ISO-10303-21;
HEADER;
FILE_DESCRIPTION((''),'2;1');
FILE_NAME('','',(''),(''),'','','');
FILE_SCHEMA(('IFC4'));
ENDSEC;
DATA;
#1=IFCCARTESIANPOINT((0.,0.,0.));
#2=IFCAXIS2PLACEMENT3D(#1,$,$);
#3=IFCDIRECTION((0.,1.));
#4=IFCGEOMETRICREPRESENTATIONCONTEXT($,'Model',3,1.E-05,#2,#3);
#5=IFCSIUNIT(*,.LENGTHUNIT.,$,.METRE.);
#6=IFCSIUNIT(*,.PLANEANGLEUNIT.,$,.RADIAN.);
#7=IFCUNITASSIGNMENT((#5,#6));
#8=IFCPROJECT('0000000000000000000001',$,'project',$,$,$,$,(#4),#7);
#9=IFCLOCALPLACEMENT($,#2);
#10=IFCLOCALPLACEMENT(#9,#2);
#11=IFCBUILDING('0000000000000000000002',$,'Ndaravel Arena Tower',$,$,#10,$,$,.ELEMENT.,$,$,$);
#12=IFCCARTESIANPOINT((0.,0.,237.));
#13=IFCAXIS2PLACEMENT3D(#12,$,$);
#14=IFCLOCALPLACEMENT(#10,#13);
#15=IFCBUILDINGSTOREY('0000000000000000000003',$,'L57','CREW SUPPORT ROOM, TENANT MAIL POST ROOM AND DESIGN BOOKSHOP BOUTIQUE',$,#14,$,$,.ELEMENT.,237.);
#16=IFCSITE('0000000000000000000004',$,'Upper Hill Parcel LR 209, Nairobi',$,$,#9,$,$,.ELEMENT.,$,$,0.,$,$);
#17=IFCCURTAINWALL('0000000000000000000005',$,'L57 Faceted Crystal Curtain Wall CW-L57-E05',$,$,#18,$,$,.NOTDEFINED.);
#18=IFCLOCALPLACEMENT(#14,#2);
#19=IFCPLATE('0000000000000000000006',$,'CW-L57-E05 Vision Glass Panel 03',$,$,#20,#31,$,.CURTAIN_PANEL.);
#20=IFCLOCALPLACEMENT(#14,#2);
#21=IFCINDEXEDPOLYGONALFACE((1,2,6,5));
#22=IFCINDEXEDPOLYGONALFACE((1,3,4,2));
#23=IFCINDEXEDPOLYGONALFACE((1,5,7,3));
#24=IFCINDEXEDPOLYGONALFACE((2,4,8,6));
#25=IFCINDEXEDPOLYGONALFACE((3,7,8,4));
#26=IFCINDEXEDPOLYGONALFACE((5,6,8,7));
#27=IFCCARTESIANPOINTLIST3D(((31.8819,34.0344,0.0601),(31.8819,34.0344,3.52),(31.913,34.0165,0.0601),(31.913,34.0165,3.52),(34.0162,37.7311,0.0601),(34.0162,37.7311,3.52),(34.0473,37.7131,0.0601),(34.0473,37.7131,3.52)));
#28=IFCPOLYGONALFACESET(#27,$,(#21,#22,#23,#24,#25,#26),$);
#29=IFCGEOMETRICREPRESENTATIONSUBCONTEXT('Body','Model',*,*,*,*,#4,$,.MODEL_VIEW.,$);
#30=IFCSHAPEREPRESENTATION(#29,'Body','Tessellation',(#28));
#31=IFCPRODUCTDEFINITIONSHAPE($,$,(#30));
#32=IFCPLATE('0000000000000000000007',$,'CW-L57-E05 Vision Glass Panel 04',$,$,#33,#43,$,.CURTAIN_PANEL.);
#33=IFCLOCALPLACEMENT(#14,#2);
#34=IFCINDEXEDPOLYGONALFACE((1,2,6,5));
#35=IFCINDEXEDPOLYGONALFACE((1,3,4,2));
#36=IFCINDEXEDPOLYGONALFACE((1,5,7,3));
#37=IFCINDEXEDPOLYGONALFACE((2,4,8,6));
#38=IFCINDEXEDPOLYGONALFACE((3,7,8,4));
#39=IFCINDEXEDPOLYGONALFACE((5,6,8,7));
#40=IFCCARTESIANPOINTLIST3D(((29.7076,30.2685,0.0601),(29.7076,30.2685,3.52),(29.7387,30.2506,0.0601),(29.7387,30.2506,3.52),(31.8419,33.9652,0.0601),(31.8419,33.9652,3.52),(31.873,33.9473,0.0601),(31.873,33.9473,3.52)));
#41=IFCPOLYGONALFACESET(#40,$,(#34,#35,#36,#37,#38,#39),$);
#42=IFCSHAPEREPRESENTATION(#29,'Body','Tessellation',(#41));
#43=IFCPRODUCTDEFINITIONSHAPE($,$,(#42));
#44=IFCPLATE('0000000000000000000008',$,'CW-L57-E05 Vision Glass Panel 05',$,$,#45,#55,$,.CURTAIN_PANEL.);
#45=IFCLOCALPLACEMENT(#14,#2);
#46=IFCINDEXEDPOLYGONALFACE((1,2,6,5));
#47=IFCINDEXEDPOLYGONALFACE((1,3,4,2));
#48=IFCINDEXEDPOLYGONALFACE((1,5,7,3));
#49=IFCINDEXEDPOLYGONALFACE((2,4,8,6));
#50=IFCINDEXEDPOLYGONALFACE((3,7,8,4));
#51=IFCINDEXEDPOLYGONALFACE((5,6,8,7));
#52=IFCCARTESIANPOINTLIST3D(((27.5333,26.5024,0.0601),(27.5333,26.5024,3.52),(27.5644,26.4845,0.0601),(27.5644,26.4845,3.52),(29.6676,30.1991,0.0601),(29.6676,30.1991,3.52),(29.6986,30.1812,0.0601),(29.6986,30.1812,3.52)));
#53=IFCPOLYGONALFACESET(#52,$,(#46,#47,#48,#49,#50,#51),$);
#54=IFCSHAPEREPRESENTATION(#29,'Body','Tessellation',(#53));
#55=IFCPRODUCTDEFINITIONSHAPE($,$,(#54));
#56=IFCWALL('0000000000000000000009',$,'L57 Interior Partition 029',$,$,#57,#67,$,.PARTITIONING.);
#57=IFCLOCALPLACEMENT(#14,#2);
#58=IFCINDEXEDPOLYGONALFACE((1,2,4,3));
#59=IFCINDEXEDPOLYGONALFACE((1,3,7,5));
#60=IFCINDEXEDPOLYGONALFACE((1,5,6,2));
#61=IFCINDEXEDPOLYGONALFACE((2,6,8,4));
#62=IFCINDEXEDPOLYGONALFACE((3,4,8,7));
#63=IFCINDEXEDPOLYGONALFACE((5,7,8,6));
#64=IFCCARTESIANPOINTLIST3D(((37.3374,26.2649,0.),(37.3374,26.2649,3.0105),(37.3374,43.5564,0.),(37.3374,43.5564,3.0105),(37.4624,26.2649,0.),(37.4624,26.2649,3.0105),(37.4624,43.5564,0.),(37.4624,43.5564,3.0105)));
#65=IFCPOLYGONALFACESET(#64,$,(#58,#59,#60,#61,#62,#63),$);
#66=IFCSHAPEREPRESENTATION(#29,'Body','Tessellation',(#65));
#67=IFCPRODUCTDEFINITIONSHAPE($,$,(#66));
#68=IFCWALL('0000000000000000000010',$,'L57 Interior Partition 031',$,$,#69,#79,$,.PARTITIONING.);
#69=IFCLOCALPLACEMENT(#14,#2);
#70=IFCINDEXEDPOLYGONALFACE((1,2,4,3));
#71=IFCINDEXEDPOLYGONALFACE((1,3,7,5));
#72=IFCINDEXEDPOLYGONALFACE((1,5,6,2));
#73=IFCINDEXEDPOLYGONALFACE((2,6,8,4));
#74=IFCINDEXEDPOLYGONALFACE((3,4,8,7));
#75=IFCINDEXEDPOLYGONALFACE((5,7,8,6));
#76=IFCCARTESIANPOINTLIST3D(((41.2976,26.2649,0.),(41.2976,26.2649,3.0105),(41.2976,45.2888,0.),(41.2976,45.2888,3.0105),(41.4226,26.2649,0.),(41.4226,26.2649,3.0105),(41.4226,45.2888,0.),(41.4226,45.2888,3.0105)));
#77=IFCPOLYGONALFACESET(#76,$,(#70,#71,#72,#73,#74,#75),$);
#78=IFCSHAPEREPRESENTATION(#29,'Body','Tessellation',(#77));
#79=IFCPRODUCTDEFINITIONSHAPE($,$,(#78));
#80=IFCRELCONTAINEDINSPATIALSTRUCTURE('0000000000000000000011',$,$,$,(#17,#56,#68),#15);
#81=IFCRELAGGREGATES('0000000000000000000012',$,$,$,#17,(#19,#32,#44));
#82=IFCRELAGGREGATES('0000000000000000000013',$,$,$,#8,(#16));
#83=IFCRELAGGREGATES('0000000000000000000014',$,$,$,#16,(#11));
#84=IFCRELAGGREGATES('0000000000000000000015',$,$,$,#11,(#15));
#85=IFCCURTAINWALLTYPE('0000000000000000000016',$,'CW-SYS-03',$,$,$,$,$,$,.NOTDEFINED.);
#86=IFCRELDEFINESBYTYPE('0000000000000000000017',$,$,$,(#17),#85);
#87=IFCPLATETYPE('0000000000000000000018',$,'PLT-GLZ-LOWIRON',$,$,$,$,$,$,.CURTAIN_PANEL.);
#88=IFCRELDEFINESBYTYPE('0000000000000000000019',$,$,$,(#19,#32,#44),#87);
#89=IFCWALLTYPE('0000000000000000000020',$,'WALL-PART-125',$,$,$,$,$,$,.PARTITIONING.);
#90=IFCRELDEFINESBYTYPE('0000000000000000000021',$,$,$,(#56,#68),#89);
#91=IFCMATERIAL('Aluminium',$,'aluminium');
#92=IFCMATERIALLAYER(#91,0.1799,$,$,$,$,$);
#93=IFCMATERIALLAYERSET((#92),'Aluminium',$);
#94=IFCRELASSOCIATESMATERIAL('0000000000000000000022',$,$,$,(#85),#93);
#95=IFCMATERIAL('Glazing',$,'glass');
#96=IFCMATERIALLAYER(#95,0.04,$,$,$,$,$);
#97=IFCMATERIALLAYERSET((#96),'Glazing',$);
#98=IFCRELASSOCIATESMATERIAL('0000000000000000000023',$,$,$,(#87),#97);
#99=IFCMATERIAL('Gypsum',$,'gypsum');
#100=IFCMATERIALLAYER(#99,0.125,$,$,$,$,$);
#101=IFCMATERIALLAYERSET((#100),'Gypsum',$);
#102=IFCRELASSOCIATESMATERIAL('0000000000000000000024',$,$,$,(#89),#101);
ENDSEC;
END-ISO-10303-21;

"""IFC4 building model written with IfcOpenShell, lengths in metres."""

from ifc_helpers import new_model, si_unit, direction, frame, frame_2d, origin, origin_2d, place, context, subcontext, project, spatial, rectangle, extrude, material, layer, layer_set, type_object, element, aggregate, save


model = new_model("IFC4")

# Units and contexts
model_context = context("Model", 3, precision=1e-05, world=origin(), true_north=direction((0.0, 1.0)))
body_context = subcontext(model_context, "Body", "Model", "MODEL_VIEW")
ifc_project = project(units=[si_unit("LENGTHUNIT", "METRE"), si_unit("PLANEANGLEUNIT", "RADIAN")], contexts=[model_context])

# Site, building, storey
site_placement = place(None, origin())
site = spatial("IfcSite", under=ifc_project, at=site_placement, Name="Upper Hill Parcel LR 209, Nairobi", CompositionType="ELEMENT", RefElevation=0.0)
building_placement = place(site_placement, origin())
building = spatial("IfcBuilding", under=site, at=building_placement, Name="Ndaravel Arena Tower", CompositionType="ELEMENT")
storey_placement = place(building_placement, frame((0.0, 0.0, 237.0)))
storey = spatial("IfcBuildingStorey", under=building, at=storey_placement, Name="L57", Description="CREW SUPPORT ROOM, TENANT MAIL POST ROOM AND DESIGN BOOKSHOP BOUTIQUE", CompositionType="ELEMENT", Elevation=237.0)

# Curtain wall
ifc_material_1 = material(Name="Aluminium", Category="aluminium")
ifc_layer_1 = layer(ifc_material_1, 0.1799)
ifc_layer_set_1 = layer_set([ifc_layer_1], Name="Aluminium")
curtain_wall_type_1 = type_object("IfcCurtainWallType", Name="CW-SYS-03", PredefinedType="NOTDEFINED", material=ifc_layer_set_1)
curtain_wall_1_placement = place(storey_placement, origin())
curtain_wall_1 = element("IfcCurtainWall", 1, at=curtain_wall_1_placement, inside=storey, type_object=curtain_wall_type_1, Name="L57 Faceted Crystal Curtain Wall CW-L57-E05", PredefinedType="NOTDEFINED")

# Plates
ifc_material_2 = material(Name="Glazing", Category="glass")
ifc_layer_2 = layer(ifc_material_2, 0.04)
ifc_layer_set_2 = layer_set([ifc_layer_2], Name="Glazing")
plate_type_1 = type_object("IfcPlateType", Name="PLT-GLZ-LOWIRON", PredefinedType="CURTAIN_PANEL", material=ifc_layer_set_2)
plate_1_placement = place(storey_placement, frame((32.9646, 35.8738, 0.0601), z_axis=(0.0, 0.0, 1.0), x_axis=(-0.5, -0.866025, 0.0)))
plate_1 = element("IfcPlate", 2, at=plate_1_placement, type_object=plate_type_1, Name="CW-L57-E05 Vision Glass Panel 03", PredefinedType="CURTAIN_PANEL", context=body_context, shape_type="SweptSolid", body=[
    extrude(rectangle(XDim=4.2686, YDim=0.0359, at=origin_2d()), origin(), (0.0, 0.0, 1.0), 3.46),
])
plate_2_placement = place(storey_placement, frame((30.7903, 32.1079, 0.0601), z_axis=(0.0, 0.0, 1.0), x_axis=(-0.5, -0.866025, 0.0)))
plate_2 = element("IfcPlate", 3, at=plate_2_placement, type_object=plate_type_1, Name="CW-L57-E05 Vision Glass Panel 04", PredefinedType="CURTAIN_PANEL", context=body_context, shape_type="SweptSolid", body=[
    extrude(rectangle(XDim=4.2686, YDim=0.0359, at=origin_2d()), origin(), (0.0, 0.0, 1.0), 3.46),
])
plate_3_placement = place(storey_placement, frame((28.616, 28.3418, 0.0601), z_axis=(0.0, 0.0, 1.0), x_axis=(-0.5, -0.866025, 0.0)))
plate_3 = element("IfcPlate", 4, at=plate_3_placement, type_object=plate_type_1, Name="CW-L57-E05 Vision Glass Panel 05", PredefinedType="CURTAIN_PANEL", context=body_context, shape_type="SweptSolid", body=[
    extrude(rectangle(XDim=4.2686, YDim=0.0359, at=origin_2d()), origin(), (0.0, 0.0, 1.0), 3.46),
])
aggregate(curtain_wall_1, [plate_1, plate_2, plate_3])

# Walls
ifc_material_3 = material(Name="Gypsum", Category="gypsum")
ifc_layer_3 = layer(ifc_material_3, 0.125)
ifc_layer_set_3 = layer_set([ifc_layer_3], Name="Gypsum")
wall_type = type_object("IfcWallType", Name="WALL-PART-125", PredefinedType="PARTITIONING", material=ifc_layer_set_3)
wall_1_placement = place(storey_placement, frame((37.3999, 43.5564, 0.0), z_axis=(0.0, 0.0, 1.0), x_axis=(0.0, -1.0, 0.0)))
element("IfcWall", 5, at=wall_1_placement, inside=storey, type_object=wall_type, Name="L57 Interior Partition 029", PredefinedType="PARTITIONING", context=body_context, shape_type="SweptSolid", body=[
    extrude(rectangle(XDim=17.2915, YDim=0.125, at=frame_2d((8.6458, 0.0))), origin(), (0.0, 0.0, 1.0), 3.0105),
])
wall_2_placement = place(storey_placement, frame((41.3601, 45.2888, 0.0), z_axis=(0.0, 0.0, 1.0), x_axis=(0.0, -1.0, 0.0)))
element("IfcWall", 6, at=wall_2_placement, inside=storey, type_object=wall_type, Name="L57 Interior Partition 031", PredefinedType="PARTITIONING", context=body_context, shape_type="SweptSolid", body=[
    extrude(rectangle(XDim=19.0239, YDim=0.125, at=frame_2d((9.512, 0.0))), origin(), (0.0, 0.0, 1.0), 3.0105),
])

save(model, "model.ifc")
